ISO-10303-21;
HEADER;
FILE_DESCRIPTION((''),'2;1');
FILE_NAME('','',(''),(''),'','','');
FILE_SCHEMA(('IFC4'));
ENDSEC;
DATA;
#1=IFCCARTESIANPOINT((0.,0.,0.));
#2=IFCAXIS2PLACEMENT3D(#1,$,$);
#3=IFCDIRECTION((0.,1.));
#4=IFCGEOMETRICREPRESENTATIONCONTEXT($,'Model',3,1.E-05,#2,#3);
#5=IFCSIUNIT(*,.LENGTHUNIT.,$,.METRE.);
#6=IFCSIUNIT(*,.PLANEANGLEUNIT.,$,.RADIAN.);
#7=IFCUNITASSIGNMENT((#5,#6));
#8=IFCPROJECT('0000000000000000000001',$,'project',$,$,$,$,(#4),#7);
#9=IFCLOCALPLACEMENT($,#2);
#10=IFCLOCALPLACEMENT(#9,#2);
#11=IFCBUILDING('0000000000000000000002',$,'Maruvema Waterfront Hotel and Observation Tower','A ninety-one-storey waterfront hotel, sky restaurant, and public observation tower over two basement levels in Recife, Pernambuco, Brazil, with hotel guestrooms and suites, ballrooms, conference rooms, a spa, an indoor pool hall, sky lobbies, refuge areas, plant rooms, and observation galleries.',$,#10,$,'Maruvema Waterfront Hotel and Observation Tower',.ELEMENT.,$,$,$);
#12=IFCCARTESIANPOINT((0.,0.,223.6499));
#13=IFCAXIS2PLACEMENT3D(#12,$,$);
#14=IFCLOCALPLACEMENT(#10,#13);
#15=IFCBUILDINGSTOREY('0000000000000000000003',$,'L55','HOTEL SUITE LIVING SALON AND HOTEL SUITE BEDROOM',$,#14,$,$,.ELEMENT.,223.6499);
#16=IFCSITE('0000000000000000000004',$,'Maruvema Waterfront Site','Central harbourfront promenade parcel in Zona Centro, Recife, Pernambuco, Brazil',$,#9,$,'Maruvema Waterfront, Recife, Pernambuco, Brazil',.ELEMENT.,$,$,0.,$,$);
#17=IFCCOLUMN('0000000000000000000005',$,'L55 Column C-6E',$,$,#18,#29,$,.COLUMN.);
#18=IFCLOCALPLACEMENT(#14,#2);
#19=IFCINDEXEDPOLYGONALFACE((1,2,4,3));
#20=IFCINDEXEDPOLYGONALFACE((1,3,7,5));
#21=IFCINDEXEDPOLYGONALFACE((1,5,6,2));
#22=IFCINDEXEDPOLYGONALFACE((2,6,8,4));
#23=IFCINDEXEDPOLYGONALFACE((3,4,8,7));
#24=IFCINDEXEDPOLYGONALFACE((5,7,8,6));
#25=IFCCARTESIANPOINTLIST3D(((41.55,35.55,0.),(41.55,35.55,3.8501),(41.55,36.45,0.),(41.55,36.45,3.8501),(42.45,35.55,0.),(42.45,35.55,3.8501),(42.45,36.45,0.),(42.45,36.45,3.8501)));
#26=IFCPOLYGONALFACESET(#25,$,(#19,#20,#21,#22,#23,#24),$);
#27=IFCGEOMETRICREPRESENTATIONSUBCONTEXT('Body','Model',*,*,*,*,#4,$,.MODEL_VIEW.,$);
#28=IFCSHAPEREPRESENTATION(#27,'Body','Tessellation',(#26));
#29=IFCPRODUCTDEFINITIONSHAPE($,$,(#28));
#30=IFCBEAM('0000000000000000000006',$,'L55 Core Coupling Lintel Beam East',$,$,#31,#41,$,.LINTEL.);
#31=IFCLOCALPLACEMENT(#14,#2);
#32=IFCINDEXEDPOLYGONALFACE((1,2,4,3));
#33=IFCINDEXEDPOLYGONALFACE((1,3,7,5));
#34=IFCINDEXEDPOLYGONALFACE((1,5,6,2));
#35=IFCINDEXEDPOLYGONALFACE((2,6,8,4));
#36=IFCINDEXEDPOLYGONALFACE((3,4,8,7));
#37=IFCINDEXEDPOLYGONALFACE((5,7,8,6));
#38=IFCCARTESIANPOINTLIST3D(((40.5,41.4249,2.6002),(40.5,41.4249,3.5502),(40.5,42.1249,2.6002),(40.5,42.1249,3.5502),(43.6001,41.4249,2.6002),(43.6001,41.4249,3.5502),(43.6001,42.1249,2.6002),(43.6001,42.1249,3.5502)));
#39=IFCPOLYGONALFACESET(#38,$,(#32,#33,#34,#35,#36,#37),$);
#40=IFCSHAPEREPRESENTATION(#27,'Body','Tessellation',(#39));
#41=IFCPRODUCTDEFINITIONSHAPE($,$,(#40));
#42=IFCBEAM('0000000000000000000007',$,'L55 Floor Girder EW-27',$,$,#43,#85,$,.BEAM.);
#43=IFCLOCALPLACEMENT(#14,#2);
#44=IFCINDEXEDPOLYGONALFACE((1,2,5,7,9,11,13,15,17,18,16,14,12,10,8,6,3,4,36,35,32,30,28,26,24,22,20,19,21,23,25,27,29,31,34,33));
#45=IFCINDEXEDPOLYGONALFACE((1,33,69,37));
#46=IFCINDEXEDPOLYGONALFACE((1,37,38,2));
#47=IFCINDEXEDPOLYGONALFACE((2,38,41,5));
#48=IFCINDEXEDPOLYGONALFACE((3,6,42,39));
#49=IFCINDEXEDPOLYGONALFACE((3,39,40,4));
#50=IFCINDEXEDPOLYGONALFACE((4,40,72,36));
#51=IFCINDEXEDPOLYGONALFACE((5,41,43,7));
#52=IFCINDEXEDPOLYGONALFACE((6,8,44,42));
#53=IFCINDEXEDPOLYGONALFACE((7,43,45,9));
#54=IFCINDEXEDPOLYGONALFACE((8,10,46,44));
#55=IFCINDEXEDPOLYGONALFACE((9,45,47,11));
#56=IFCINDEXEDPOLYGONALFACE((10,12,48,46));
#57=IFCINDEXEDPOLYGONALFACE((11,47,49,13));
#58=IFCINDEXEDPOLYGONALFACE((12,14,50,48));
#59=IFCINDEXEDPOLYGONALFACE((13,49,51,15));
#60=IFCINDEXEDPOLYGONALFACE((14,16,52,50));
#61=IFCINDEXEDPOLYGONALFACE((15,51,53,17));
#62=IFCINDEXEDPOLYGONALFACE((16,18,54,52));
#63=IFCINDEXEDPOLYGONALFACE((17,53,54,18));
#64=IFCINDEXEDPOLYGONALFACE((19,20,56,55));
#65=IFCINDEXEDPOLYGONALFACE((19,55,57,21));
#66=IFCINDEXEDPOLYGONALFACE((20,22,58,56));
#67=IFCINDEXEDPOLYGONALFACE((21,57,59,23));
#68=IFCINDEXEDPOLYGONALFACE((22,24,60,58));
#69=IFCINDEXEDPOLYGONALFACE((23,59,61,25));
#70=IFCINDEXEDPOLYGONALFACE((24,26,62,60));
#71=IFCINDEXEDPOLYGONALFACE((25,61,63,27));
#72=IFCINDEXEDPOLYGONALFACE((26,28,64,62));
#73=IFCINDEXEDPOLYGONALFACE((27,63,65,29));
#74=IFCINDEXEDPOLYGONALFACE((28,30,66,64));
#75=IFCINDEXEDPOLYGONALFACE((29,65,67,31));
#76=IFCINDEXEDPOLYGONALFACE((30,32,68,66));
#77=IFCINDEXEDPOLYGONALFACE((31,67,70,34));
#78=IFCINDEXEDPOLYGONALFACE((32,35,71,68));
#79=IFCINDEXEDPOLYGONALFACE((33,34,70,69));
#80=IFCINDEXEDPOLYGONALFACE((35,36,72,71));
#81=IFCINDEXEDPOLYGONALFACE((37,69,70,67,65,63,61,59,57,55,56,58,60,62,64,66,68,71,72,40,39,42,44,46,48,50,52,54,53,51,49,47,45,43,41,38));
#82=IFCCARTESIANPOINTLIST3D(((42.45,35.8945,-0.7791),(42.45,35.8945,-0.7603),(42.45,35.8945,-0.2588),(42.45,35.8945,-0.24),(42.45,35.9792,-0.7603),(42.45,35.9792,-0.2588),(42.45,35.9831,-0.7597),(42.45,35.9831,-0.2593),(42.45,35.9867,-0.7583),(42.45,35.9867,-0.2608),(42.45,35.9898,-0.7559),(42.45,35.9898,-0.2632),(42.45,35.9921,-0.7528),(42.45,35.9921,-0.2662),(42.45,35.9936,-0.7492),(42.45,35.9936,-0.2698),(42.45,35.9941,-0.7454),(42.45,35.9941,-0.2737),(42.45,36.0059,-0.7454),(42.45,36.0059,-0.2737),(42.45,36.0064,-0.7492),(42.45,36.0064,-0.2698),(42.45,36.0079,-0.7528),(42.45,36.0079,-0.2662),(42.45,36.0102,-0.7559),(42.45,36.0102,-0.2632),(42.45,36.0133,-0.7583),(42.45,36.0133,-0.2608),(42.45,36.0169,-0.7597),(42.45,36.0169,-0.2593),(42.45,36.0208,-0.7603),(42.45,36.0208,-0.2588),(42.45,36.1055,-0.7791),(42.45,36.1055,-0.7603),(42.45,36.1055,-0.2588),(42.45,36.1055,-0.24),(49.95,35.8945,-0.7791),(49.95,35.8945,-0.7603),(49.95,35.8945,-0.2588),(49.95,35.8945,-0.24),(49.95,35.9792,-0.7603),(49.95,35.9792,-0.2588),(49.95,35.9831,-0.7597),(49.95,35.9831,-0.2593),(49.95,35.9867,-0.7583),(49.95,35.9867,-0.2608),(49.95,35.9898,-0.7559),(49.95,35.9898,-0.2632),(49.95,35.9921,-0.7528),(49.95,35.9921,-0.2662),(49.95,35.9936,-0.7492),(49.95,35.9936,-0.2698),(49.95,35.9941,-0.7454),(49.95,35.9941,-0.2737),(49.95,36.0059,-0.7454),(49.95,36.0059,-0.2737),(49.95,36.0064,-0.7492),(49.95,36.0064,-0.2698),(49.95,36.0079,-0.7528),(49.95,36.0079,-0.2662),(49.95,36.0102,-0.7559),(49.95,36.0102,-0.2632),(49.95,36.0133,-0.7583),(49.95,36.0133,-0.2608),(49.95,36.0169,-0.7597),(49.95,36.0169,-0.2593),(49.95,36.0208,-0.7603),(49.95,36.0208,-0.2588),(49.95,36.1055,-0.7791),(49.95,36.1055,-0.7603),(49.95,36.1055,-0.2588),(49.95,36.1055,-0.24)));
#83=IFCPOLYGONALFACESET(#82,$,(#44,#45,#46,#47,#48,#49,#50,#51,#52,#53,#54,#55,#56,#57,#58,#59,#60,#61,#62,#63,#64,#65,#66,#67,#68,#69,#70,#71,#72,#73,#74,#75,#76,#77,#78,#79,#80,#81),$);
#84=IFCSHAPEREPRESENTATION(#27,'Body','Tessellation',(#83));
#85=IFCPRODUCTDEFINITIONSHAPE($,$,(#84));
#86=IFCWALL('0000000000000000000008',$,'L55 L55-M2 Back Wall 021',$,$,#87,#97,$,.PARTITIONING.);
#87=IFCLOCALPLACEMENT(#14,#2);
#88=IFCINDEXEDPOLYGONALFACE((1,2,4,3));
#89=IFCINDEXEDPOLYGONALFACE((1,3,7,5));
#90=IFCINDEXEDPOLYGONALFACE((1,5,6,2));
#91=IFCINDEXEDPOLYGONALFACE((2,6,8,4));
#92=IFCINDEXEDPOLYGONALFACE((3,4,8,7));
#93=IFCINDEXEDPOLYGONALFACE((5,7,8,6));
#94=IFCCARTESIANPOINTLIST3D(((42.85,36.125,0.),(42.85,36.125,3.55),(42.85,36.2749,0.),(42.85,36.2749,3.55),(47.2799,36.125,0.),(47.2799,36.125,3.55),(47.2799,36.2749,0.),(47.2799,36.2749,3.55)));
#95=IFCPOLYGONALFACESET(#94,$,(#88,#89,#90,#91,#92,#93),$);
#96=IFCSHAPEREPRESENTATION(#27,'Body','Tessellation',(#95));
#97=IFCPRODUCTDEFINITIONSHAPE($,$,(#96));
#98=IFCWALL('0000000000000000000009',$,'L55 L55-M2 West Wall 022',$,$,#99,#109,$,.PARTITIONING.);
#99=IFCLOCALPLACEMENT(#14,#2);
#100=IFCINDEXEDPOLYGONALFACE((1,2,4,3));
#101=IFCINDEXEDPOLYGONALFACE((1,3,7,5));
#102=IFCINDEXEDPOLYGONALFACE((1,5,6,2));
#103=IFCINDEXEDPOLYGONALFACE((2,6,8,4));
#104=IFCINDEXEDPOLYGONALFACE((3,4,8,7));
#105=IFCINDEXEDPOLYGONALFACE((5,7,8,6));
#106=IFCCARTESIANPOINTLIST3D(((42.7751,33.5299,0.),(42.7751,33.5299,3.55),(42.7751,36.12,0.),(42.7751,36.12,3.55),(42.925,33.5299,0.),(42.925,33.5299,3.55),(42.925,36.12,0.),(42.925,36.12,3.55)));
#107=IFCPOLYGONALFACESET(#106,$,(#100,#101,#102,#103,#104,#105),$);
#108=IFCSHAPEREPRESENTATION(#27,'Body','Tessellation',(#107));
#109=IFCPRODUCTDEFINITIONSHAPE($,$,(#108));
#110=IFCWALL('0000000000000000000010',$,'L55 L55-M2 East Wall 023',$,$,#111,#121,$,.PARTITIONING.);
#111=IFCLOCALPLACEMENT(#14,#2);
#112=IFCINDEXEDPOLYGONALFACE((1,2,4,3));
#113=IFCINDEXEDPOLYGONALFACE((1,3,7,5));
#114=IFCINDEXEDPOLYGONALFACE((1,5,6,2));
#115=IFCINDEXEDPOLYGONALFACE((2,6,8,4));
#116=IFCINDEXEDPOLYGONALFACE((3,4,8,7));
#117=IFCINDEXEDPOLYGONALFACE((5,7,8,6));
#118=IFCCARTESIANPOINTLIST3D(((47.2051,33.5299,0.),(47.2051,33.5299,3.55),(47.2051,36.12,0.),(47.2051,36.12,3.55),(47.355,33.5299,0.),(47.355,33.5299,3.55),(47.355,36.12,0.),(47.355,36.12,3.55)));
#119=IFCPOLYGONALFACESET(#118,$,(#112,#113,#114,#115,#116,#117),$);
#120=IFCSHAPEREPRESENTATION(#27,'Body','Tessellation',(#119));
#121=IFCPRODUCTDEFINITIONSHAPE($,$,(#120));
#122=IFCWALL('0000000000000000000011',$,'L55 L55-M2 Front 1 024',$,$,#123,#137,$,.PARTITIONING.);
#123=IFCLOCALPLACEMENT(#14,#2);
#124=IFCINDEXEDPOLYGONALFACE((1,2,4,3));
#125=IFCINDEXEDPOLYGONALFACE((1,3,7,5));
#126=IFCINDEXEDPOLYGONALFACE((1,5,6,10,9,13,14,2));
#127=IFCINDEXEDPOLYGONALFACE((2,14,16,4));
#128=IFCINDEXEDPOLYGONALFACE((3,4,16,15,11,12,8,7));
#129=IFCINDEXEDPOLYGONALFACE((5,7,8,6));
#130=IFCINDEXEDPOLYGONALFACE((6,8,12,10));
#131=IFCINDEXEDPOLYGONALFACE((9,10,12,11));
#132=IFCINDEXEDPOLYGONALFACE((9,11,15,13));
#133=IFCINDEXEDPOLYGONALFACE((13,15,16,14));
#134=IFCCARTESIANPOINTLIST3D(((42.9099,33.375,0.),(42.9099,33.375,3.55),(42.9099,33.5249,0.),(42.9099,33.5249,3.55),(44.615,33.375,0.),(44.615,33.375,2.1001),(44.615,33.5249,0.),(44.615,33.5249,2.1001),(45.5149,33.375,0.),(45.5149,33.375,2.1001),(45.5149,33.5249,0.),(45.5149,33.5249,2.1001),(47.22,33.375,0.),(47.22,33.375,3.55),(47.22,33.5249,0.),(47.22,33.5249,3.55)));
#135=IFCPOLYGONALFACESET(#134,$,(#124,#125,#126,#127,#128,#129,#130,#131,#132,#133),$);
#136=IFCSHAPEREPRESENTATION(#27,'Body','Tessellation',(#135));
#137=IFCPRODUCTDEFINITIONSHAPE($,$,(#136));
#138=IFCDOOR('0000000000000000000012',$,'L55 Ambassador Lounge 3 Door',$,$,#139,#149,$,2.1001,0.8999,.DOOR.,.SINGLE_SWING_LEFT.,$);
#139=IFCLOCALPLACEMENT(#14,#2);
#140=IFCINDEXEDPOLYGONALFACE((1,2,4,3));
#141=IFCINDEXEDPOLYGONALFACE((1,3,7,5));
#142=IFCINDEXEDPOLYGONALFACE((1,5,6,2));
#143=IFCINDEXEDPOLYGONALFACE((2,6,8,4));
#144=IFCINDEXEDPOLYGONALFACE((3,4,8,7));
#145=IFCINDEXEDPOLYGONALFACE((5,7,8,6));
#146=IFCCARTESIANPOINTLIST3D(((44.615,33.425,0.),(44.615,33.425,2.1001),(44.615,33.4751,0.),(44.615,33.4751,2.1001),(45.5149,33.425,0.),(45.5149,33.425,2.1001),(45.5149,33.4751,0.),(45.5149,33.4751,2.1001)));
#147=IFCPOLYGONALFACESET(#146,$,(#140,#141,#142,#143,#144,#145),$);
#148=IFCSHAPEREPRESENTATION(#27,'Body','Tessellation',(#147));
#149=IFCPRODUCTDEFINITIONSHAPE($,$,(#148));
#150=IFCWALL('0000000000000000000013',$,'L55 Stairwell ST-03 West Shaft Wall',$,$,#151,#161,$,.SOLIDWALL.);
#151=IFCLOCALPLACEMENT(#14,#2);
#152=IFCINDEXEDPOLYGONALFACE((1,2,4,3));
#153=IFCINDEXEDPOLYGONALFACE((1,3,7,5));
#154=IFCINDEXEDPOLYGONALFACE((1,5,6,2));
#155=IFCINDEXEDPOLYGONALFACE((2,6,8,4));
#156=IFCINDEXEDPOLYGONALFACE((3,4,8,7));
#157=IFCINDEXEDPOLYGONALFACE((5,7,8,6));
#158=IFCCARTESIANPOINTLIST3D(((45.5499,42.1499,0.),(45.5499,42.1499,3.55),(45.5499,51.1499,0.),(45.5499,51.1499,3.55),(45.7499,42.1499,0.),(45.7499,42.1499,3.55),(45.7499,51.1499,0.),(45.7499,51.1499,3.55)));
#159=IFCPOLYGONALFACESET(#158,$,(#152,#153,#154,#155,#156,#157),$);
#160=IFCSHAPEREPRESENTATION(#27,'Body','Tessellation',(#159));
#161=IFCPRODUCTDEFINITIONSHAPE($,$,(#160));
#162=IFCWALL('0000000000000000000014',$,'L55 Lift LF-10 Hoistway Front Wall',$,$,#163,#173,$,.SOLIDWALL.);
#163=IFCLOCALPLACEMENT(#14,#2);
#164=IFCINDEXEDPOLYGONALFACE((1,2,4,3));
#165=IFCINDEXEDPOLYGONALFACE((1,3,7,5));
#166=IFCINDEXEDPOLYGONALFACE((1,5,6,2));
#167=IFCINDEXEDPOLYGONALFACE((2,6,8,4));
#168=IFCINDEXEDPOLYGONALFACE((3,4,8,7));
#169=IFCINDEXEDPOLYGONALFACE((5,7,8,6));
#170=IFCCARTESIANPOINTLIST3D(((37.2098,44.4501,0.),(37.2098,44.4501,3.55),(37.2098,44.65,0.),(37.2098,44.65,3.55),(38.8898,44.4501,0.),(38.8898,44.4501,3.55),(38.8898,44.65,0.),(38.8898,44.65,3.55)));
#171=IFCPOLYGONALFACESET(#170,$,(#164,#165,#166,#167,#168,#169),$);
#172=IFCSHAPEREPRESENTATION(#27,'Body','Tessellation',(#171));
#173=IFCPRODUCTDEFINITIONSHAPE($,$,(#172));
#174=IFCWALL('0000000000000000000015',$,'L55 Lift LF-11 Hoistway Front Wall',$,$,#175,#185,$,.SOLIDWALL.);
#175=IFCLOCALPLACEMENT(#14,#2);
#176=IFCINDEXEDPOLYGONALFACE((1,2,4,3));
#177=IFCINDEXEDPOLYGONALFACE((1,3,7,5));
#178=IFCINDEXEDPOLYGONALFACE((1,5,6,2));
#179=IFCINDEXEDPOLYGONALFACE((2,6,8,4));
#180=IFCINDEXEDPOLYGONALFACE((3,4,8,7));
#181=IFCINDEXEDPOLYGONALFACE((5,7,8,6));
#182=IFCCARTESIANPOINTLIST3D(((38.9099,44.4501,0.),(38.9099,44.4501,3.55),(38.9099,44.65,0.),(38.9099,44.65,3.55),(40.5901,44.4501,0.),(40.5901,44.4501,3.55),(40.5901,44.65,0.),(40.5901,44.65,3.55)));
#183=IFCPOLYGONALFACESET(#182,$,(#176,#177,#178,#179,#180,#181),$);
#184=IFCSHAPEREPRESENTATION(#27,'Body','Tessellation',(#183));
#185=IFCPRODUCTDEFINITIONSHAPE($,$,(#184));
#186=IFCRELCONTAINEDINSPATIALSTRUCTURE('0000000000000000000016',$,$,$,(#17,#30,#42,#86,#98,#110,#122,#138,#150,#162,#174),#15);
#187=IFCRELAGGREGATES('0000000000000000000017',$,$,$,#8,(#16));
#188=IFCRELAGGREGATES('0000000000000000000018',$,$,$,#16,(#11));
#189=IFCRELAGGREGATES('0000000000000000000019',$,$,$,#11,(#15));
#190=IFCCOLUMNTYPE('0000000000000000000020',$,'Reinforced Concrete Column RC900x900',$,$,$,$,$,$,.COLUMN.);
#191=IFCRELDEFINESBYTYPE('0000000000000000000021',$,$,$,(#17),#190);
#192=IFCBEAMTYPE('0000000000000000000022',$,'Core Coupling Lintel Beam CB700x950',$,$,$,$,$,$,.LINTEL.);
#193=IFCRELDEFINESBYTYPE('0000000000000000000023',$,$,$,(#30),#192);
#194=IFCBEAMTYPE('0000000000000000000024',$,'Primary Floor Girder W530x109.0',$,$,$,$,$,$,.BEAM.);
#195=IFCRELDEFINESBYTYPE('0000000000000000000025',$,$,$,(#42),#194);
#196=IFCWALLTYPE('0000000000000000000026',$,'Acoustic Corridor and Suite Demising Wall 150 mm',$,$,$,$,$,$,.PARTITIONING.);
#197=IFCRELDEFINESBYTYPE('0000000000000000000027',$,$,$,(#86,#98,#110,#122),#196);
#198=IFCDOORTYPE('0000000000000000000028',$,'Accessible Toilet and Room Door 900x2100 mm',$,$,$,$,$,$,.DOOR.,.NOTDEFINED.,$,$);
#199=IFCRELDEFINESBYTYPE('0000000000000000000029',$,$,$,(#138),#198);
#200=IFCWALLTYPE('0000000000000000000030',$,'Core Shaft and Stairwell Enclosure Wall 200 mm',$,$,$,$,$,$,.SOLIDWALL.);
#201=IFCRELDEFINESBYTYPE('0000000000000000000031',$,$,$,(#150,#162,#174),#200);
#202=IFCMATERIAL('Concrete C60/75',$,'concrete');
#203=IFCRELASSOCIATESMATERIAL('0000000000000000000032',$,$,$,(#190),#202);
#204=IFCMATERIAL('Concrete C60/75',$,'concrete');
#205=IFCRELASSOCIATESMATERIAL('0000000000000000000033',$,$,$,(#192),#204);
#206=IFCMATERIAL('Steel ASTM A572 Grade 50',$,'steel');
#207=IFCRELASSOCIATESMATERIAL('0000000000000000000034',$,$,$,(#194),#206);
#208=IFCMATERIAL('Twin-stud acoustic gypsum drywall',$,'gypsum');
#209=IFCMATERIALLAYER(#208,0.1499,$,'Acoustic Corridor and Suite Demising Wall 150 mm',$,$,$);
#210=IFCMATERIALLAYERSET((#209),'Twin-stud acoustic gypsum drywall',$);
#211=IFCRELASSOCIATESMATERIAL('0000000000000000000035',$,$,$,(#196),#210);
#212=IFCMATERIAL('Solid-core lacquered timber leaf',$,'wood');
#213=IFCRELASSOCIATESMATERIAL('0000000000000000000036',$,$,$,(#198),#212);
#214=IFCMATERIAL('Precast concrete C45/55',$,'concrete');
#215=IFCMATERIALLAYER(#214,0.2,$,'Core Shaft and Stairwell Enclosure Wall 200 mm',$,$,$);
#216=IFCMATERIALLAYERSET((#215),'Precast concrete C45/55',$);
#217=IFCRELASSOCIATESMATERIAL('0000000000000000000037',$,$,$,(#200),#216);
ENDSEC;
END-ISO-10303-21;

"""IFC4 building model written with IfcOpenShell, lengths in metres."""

from ifc_helpers import new_model, si_unit, direction, frame, frame_2d, origin, origin_2d, place, context, subcontext, project, spatial, rectangle, i_section, extrude, material, layer, layer_set, material_profile, profile_set, type_object, element, fill, save


model = new_model("IFC4")

# Units and contexts
model_context = context("Model", 3, precision=1e-05, world=origin(), true_north=direction((0.0, 1.0)))
body_context = subcontext(model_context, "Body", "Model", "MODEL_VIEW")
ifc_project = project(units=[si_unit("LENGTHUNIT", "METRE"), si_unit("PLANEANGLEUNIT", "RADIAN")], contexts=[model_context])

# Site, building, storey
site_placement = place(None, origin())
site = spatial("IfcSite", under=ifc_project, at=site_placement, Name="Maruvema Waterfront Site", Description="Central harbourfront promenade parcel in Zona Centro, Recife, Pernambuco, Brazil", LongName="Maruvema Waterfront, Recife, Pernambuco, Brazil", CompositionType="ELEMENT", RefElevation=0.0)
building_placement = place(site_placement, origin())
building = spatial("IfcBuilding", under=site, at=building_placement, Name="Maruvema Waterfront Hotel and Observation Tower", Description="A ninety-one-storey waterfront hotel, sky restaurant, and public observation tower over two basement levels in Recife, Pernambuco, Brazil, with hotel guestrooms and suites, ballrooms, conference rooms, a spa, an indoor pool hall, sky lobbies, refuge areas, plant rooms, and observation galleries.", LongName="Maruvema Waterfront Hotel and Observation Tower", CompositionType="ELEMENT")
storey_placement = place(building_placement, frame((0.0, 0.0, 223.6499)))
storey = spatial("IfcBuildingStorey", under=building, at=storey_placement, Name="L55", Description="HOTEL SUITE LIVING SALON AND HOTEL SUITE BEDROOM", CompositionType="ELEMENT", Elevation=223.6499)

# Column
ifc_material_1 = material(Name="Concrete C60/75", Category="concrete")
ifc_material_profile_1 = material_profile(ifc_material_1, rectangle(XDim=0.8999, YDim=0.8999, at=origin_2d()), Name="RC900x900")
ifc_profile_set_1 = profile_set([ifc_material_profile_1], Name="Concrete C60/75")
column_type = type_object("IfcColumnType", Name="Reinforced Concrete Column RC900x900", PredefinedType="COLUMN", material=ifc_profile_set_1)
column_placement = place(storey_placement, frame((42.0, 36.0, 0.0), z_axis=(0.0, 0.0, 1.0), x_axis=(1.0, 0.0, 0.0)))
element("IfcColumn", 1, at=column_placement, inside=storey, type_object=column_type, Name="L55 Column C-6E", PredefinedType="COLUMN", context=body_context, shape_type="SweptSolid", body=[
    extrude(rectangle(XDim=0.8999, YDim=0.8999, at=origin_2d()), origin(), (0.0, 0.0, 1.0), 3.8501),
])

# Beams
ifc_material_2 = material(Name="Concrete C60/75", Category="concrete")
ifc_material_profile_2 = material_profile(ifc_material_2, rectangle(XDim=0.7, YDim=0.95, at=origin_2d()), Name="CB700x950")
ifc_profile_set_2 = profile_set([ifc_material_profile_2], Name="Concrete C60/75")
beam_type_1 = type_object("IfcBeamType", Name="Core Coupling Lintel Beam CB700x950", PredefinedType="LINTEL", material=ifc_profile_set_2)
beam_1_placement = place(storey_placement, frame((40.5, 41.7749, 3.0752), z_axis=(1.0, 0.0, 0.0), x_axis=(0.0, 1.0, 0.0)))
element("IfcBeam", 2, at=beam_1_placement, inside=storey, type_object=beam_type_1, Name="L55 Core Coupling Lintel Beam East", PredefinedType="LINTEL", context=body_context, shape_type="SweptSolid", body=[
    extrude(rectangle(XDim=0.7, YDim=0.95, at=origin_2d()), origin(), (0.0, 0.0, 1.0), 3.1001),
])
ifc_material_3 = material(Name="Steel ASTM A572 Grade 50", Category="steel")
ifc_material_profile_3 = material_profile(ifc_material_3, i_section(OverallWidth=0.2109, OverallDepth=0.5391, WebThickness=0.0117, FlangeThickness=0.0188, FilletRadius=0.0149, at=origin_2d()), Name="W530x109.0")
ifc_profile_set_3 = profile_set([ifc_material_profile_3], Name="Steel ASTM A572 Grade 50")
beam_type_2 = type_object("IfcBeamType", Name="Primary Floor Girder W530x109.0", PredefinedType="BEAM", material=ifc_profile_set_3)
beam_2_placement = place(storey_placement, frame((42.45, 36.0, -0.5095), z_axis=(1.0, 0.0, 0.0), x_axis=(0.0, 1.0, 0.0)))
element("IfcBeam", 3, at=beam_2_placement, inside=storey, type_object=beam_type_2, Name="L55 Floor Girder EW-27", PredefinedType="BEAM", context=body_context, shape_type="SweptSolid", body=[
    extrude(i_section(OverallWidth=0.2109, OverallDepth=0.5391, WebThickness=0.0117, FlangeThickness=0.0188, FilletRadius=0.0149, at=origin_2d()), origin(), (0.0, 0.0, 1.0), 7.5),
])

# Walls
ifc_material_4 = material(Name="Twin-stud acoustic gypsum drywall", Category="gypsum")
ifc_layer_1 = layer(ifc_material_4, 0.1499, Name="Acoustic Corridor and Suite Demising Wall 150 mm")
ifc_layer_set_1 = layer_set([ifc_layer_1], Name="Twin-stud acoustic gypsum drywall")
wall_type_1 = type_object("IfcWallType", Name="Acoustic Corridor and Suite Demising Wall 150 mm", PredefinedType="PARTITIONING", material=ifc_layer_set_1)
wall_1_placement = place(storey_placement, frame((42.8501, 36.2, 0.0), z_axis=(0.0, 0.0, 1.0), x_axis=(1.0, 0.0, 0.0)))
element("IfcWall", 4, at=wall_1_placement, inside=storey, type_object=wall_type_1, Name="L55 L55-M2 Back Wall 021", PredefinedType="PARTITIONING", context=body_context, shape_type="SweptSolid", body=[
    extrude(rectangle(XDim=4.4299, YDim=0.1499, at=frame_2d((2.2148, 0.0))), origin(), (0.0, 0.0, 1.0), 3.55),
])
for number, where, z_axis, x_axis, name in (
    (5, (42.8501, 33.53, 0.0), (0.0, 0.0, 1.0), (0.0, 1.0, 0.0), "L55 L55-M2 West Wall 022"),
    (6, (47.28, 33.53, 0.0), (0.0, 0.0, 1.0), (0.0, 1.0, 0.0), "L55 L55-M2 East Wall 023"),
):
    element("IfcWall", number, at=place(storey_placement, frame(where, z_axis=z_axis, x_axis=x_axis)), inside=storey, type_object=wall_type_1, Name=name, PredefinedType="PARTITIONING", context=body_context, shape_type="SweptSolid", body=[
        extrude(rectangle(XDim=2.5901, YDim=0.1499, at=frame_2d((1.2949, 0.0))), origin(), (0.0, 0.0, 1.0), 3.55),
    ])

# Wall, opening, door
wall_2_placement = place(storey_placement, frame((42.9099, 33.45, 0.0), z_axis=(0.0, 0.0, 1.0), x_axis=(1.0, 0.0, 0.0)))
wall_2 = element("IfcWall", 7, at=wall_2_placement, inside=storey, type_object=wall_type_1, Name="L55 L55-M2 Front 1 024", PredefinedType="PARTITIONING", context=body_context, shape_type="SweptSolid", body=[
    extrude(rectangle(XDim=4.3101, YDim=0.1499, at=frame_2d((2.155, 0.0))), origin(), (0.0, 0.0, 1.0), 3.55),
])
opening_1_placement = place(wall_2_placement, frame((1.7051, 0.0, 0.0)))
opening_1 = element("IfcOpeningElement", 8, at=opening_1_placement, cuts=wall_2, PredefinedType="OPENING", context=body_context, shape_type="SweptSolid", body=[
    extrude(rectangle(XDim=0.8999, YDim=2.1001, at=frame_2d((0.45, 1.05))), frame((0.0, 0.085, 0.0), z_axis=(0.0, -1.0, 0.0), x_axis=(1.0, 0.0, 0.0)), (0.0, 0.0, 1.0), 0.1699),
])
ifc_material_5 = material(Name="Solid-core lacquered timber leaf", Category="wood")
door_type_1 = type_object("IfcDoorType", Name="Accessible Toilet and Room Door 900x2100 mm", OperationType="NOTDEFINED", PredefinedType="DOOR", material=ifc_material_5)
door_1_placement = place(opening_1_placement, frame((0.8999, 0.0, 0.0), z_axis=(0.0, 0.0, 1.0), x_axis=(-1.0, 0.0, 0.0)))
door_1 = element("IfcDoor", 9, at=door_1_placement, inside=storey, type_object=door_type_1, Name="L55 Ambassador Lounge 3 Door", OperationType="SINGLE_SWING_LEFT", OverallHeight=2.1001, OverallWidth=0.8999, PredefinedType="DOOR", context=body_context, shape_type="SweptSolid", body=[
    extrude(rectangle(XDim=0.8999, YDim=2.1001, at=frame_2d((0.45, 1.05))), frame((0.0, 0.0249, 0.0), z_axis=(0.0, -1.0, 0.0), x_axis=(1.0, 0.0, 0.0)), (0.0, 0.0, 1.0), 0.05),
])
fill(opening_1, door_1)

# Walls
ifc_material_6 = material(Name="Precast concrete C45/55", Category="concrete")
ifc_layer_2 = layer(ifc_material_6, 0.2, Name="Core Shaft and Stairwell Enclosure Wall 200 mm")
ifc_layer_set_2 = layer_set([ifc_layer_2], Name="Precast concrete C45/55")
wall_type_2 = type_object("IfcWallType", Name="Core Shaft and Stairwell Enclosure Wall 200 mm", PredefinedType="SOLIDWALL", material=ifc_layer_set_2)
wall_3_placement = place(storey_placement, frame((45.6499, 42.1499, 0.0), z_axis=(0.0, 0.0, 1.0), x_axis=(0.0, 1.0, 0.0)))
element("IfcWall", 10, at=wall_3_placement, inside=storey, type_object=wall_type_2, Name="L55 Stairwell ST-03 West Shaft Wall", PredefinedType="SOLIDWALL", context=body_context, shape_type="SweptSolid", body=[
    extrude(rectangle(XDim=9.0, YDim=0.2, at=frame_2d((4.5, 0.0))), origin(), (0.0, 0.0, 1.0), 3.55),
])
wall_4_placement = place(storey_placement, frame((37.21, 44.55, 0.0), z_axis=(0.0, 0.0, 1.0), x_axis=(1.0, 0.0, 0.0)))
element("IfcWall", 11, at=wall_4_placement, inside=storey, type_object=wall_type_2, Name="L55 Lift LF-10 Hoistway Front Wall", PredefinedType="SOLIDWALL", context=body_context, shape_type="SweptSolid", body=[
    extrude(rectangle(XDim=1.6799, YDim=0.2, at=frame_2d((0.8398, 0.0))), origin(), (0.0, 0.0, 1.0), 3.55),
])
wall_5_placement = place(storey_placement, frame((38.9099, 44.55, 0.0), z_axis=(0.0, 0.0, 1.0), x_axis=(1.0, 0.0, 0.0)))
element("IfcWall", 12, at=wall_5_placement, inside=storey, type_object=wall_type_2, Name="L55 Lift LF-11 Hoistway Front Wall", PredefinedType="SOLIDWALL", context=body_context, shape_type="SweptSolid", body=[
    extrude(rectangle(XDim=1.6802, YDim=0.2, at=frame_2d((0.8401, 0.0))), origin(), (0.0, 0.0, 1.0), 3.55),
])

save(model, "model.ifc")
